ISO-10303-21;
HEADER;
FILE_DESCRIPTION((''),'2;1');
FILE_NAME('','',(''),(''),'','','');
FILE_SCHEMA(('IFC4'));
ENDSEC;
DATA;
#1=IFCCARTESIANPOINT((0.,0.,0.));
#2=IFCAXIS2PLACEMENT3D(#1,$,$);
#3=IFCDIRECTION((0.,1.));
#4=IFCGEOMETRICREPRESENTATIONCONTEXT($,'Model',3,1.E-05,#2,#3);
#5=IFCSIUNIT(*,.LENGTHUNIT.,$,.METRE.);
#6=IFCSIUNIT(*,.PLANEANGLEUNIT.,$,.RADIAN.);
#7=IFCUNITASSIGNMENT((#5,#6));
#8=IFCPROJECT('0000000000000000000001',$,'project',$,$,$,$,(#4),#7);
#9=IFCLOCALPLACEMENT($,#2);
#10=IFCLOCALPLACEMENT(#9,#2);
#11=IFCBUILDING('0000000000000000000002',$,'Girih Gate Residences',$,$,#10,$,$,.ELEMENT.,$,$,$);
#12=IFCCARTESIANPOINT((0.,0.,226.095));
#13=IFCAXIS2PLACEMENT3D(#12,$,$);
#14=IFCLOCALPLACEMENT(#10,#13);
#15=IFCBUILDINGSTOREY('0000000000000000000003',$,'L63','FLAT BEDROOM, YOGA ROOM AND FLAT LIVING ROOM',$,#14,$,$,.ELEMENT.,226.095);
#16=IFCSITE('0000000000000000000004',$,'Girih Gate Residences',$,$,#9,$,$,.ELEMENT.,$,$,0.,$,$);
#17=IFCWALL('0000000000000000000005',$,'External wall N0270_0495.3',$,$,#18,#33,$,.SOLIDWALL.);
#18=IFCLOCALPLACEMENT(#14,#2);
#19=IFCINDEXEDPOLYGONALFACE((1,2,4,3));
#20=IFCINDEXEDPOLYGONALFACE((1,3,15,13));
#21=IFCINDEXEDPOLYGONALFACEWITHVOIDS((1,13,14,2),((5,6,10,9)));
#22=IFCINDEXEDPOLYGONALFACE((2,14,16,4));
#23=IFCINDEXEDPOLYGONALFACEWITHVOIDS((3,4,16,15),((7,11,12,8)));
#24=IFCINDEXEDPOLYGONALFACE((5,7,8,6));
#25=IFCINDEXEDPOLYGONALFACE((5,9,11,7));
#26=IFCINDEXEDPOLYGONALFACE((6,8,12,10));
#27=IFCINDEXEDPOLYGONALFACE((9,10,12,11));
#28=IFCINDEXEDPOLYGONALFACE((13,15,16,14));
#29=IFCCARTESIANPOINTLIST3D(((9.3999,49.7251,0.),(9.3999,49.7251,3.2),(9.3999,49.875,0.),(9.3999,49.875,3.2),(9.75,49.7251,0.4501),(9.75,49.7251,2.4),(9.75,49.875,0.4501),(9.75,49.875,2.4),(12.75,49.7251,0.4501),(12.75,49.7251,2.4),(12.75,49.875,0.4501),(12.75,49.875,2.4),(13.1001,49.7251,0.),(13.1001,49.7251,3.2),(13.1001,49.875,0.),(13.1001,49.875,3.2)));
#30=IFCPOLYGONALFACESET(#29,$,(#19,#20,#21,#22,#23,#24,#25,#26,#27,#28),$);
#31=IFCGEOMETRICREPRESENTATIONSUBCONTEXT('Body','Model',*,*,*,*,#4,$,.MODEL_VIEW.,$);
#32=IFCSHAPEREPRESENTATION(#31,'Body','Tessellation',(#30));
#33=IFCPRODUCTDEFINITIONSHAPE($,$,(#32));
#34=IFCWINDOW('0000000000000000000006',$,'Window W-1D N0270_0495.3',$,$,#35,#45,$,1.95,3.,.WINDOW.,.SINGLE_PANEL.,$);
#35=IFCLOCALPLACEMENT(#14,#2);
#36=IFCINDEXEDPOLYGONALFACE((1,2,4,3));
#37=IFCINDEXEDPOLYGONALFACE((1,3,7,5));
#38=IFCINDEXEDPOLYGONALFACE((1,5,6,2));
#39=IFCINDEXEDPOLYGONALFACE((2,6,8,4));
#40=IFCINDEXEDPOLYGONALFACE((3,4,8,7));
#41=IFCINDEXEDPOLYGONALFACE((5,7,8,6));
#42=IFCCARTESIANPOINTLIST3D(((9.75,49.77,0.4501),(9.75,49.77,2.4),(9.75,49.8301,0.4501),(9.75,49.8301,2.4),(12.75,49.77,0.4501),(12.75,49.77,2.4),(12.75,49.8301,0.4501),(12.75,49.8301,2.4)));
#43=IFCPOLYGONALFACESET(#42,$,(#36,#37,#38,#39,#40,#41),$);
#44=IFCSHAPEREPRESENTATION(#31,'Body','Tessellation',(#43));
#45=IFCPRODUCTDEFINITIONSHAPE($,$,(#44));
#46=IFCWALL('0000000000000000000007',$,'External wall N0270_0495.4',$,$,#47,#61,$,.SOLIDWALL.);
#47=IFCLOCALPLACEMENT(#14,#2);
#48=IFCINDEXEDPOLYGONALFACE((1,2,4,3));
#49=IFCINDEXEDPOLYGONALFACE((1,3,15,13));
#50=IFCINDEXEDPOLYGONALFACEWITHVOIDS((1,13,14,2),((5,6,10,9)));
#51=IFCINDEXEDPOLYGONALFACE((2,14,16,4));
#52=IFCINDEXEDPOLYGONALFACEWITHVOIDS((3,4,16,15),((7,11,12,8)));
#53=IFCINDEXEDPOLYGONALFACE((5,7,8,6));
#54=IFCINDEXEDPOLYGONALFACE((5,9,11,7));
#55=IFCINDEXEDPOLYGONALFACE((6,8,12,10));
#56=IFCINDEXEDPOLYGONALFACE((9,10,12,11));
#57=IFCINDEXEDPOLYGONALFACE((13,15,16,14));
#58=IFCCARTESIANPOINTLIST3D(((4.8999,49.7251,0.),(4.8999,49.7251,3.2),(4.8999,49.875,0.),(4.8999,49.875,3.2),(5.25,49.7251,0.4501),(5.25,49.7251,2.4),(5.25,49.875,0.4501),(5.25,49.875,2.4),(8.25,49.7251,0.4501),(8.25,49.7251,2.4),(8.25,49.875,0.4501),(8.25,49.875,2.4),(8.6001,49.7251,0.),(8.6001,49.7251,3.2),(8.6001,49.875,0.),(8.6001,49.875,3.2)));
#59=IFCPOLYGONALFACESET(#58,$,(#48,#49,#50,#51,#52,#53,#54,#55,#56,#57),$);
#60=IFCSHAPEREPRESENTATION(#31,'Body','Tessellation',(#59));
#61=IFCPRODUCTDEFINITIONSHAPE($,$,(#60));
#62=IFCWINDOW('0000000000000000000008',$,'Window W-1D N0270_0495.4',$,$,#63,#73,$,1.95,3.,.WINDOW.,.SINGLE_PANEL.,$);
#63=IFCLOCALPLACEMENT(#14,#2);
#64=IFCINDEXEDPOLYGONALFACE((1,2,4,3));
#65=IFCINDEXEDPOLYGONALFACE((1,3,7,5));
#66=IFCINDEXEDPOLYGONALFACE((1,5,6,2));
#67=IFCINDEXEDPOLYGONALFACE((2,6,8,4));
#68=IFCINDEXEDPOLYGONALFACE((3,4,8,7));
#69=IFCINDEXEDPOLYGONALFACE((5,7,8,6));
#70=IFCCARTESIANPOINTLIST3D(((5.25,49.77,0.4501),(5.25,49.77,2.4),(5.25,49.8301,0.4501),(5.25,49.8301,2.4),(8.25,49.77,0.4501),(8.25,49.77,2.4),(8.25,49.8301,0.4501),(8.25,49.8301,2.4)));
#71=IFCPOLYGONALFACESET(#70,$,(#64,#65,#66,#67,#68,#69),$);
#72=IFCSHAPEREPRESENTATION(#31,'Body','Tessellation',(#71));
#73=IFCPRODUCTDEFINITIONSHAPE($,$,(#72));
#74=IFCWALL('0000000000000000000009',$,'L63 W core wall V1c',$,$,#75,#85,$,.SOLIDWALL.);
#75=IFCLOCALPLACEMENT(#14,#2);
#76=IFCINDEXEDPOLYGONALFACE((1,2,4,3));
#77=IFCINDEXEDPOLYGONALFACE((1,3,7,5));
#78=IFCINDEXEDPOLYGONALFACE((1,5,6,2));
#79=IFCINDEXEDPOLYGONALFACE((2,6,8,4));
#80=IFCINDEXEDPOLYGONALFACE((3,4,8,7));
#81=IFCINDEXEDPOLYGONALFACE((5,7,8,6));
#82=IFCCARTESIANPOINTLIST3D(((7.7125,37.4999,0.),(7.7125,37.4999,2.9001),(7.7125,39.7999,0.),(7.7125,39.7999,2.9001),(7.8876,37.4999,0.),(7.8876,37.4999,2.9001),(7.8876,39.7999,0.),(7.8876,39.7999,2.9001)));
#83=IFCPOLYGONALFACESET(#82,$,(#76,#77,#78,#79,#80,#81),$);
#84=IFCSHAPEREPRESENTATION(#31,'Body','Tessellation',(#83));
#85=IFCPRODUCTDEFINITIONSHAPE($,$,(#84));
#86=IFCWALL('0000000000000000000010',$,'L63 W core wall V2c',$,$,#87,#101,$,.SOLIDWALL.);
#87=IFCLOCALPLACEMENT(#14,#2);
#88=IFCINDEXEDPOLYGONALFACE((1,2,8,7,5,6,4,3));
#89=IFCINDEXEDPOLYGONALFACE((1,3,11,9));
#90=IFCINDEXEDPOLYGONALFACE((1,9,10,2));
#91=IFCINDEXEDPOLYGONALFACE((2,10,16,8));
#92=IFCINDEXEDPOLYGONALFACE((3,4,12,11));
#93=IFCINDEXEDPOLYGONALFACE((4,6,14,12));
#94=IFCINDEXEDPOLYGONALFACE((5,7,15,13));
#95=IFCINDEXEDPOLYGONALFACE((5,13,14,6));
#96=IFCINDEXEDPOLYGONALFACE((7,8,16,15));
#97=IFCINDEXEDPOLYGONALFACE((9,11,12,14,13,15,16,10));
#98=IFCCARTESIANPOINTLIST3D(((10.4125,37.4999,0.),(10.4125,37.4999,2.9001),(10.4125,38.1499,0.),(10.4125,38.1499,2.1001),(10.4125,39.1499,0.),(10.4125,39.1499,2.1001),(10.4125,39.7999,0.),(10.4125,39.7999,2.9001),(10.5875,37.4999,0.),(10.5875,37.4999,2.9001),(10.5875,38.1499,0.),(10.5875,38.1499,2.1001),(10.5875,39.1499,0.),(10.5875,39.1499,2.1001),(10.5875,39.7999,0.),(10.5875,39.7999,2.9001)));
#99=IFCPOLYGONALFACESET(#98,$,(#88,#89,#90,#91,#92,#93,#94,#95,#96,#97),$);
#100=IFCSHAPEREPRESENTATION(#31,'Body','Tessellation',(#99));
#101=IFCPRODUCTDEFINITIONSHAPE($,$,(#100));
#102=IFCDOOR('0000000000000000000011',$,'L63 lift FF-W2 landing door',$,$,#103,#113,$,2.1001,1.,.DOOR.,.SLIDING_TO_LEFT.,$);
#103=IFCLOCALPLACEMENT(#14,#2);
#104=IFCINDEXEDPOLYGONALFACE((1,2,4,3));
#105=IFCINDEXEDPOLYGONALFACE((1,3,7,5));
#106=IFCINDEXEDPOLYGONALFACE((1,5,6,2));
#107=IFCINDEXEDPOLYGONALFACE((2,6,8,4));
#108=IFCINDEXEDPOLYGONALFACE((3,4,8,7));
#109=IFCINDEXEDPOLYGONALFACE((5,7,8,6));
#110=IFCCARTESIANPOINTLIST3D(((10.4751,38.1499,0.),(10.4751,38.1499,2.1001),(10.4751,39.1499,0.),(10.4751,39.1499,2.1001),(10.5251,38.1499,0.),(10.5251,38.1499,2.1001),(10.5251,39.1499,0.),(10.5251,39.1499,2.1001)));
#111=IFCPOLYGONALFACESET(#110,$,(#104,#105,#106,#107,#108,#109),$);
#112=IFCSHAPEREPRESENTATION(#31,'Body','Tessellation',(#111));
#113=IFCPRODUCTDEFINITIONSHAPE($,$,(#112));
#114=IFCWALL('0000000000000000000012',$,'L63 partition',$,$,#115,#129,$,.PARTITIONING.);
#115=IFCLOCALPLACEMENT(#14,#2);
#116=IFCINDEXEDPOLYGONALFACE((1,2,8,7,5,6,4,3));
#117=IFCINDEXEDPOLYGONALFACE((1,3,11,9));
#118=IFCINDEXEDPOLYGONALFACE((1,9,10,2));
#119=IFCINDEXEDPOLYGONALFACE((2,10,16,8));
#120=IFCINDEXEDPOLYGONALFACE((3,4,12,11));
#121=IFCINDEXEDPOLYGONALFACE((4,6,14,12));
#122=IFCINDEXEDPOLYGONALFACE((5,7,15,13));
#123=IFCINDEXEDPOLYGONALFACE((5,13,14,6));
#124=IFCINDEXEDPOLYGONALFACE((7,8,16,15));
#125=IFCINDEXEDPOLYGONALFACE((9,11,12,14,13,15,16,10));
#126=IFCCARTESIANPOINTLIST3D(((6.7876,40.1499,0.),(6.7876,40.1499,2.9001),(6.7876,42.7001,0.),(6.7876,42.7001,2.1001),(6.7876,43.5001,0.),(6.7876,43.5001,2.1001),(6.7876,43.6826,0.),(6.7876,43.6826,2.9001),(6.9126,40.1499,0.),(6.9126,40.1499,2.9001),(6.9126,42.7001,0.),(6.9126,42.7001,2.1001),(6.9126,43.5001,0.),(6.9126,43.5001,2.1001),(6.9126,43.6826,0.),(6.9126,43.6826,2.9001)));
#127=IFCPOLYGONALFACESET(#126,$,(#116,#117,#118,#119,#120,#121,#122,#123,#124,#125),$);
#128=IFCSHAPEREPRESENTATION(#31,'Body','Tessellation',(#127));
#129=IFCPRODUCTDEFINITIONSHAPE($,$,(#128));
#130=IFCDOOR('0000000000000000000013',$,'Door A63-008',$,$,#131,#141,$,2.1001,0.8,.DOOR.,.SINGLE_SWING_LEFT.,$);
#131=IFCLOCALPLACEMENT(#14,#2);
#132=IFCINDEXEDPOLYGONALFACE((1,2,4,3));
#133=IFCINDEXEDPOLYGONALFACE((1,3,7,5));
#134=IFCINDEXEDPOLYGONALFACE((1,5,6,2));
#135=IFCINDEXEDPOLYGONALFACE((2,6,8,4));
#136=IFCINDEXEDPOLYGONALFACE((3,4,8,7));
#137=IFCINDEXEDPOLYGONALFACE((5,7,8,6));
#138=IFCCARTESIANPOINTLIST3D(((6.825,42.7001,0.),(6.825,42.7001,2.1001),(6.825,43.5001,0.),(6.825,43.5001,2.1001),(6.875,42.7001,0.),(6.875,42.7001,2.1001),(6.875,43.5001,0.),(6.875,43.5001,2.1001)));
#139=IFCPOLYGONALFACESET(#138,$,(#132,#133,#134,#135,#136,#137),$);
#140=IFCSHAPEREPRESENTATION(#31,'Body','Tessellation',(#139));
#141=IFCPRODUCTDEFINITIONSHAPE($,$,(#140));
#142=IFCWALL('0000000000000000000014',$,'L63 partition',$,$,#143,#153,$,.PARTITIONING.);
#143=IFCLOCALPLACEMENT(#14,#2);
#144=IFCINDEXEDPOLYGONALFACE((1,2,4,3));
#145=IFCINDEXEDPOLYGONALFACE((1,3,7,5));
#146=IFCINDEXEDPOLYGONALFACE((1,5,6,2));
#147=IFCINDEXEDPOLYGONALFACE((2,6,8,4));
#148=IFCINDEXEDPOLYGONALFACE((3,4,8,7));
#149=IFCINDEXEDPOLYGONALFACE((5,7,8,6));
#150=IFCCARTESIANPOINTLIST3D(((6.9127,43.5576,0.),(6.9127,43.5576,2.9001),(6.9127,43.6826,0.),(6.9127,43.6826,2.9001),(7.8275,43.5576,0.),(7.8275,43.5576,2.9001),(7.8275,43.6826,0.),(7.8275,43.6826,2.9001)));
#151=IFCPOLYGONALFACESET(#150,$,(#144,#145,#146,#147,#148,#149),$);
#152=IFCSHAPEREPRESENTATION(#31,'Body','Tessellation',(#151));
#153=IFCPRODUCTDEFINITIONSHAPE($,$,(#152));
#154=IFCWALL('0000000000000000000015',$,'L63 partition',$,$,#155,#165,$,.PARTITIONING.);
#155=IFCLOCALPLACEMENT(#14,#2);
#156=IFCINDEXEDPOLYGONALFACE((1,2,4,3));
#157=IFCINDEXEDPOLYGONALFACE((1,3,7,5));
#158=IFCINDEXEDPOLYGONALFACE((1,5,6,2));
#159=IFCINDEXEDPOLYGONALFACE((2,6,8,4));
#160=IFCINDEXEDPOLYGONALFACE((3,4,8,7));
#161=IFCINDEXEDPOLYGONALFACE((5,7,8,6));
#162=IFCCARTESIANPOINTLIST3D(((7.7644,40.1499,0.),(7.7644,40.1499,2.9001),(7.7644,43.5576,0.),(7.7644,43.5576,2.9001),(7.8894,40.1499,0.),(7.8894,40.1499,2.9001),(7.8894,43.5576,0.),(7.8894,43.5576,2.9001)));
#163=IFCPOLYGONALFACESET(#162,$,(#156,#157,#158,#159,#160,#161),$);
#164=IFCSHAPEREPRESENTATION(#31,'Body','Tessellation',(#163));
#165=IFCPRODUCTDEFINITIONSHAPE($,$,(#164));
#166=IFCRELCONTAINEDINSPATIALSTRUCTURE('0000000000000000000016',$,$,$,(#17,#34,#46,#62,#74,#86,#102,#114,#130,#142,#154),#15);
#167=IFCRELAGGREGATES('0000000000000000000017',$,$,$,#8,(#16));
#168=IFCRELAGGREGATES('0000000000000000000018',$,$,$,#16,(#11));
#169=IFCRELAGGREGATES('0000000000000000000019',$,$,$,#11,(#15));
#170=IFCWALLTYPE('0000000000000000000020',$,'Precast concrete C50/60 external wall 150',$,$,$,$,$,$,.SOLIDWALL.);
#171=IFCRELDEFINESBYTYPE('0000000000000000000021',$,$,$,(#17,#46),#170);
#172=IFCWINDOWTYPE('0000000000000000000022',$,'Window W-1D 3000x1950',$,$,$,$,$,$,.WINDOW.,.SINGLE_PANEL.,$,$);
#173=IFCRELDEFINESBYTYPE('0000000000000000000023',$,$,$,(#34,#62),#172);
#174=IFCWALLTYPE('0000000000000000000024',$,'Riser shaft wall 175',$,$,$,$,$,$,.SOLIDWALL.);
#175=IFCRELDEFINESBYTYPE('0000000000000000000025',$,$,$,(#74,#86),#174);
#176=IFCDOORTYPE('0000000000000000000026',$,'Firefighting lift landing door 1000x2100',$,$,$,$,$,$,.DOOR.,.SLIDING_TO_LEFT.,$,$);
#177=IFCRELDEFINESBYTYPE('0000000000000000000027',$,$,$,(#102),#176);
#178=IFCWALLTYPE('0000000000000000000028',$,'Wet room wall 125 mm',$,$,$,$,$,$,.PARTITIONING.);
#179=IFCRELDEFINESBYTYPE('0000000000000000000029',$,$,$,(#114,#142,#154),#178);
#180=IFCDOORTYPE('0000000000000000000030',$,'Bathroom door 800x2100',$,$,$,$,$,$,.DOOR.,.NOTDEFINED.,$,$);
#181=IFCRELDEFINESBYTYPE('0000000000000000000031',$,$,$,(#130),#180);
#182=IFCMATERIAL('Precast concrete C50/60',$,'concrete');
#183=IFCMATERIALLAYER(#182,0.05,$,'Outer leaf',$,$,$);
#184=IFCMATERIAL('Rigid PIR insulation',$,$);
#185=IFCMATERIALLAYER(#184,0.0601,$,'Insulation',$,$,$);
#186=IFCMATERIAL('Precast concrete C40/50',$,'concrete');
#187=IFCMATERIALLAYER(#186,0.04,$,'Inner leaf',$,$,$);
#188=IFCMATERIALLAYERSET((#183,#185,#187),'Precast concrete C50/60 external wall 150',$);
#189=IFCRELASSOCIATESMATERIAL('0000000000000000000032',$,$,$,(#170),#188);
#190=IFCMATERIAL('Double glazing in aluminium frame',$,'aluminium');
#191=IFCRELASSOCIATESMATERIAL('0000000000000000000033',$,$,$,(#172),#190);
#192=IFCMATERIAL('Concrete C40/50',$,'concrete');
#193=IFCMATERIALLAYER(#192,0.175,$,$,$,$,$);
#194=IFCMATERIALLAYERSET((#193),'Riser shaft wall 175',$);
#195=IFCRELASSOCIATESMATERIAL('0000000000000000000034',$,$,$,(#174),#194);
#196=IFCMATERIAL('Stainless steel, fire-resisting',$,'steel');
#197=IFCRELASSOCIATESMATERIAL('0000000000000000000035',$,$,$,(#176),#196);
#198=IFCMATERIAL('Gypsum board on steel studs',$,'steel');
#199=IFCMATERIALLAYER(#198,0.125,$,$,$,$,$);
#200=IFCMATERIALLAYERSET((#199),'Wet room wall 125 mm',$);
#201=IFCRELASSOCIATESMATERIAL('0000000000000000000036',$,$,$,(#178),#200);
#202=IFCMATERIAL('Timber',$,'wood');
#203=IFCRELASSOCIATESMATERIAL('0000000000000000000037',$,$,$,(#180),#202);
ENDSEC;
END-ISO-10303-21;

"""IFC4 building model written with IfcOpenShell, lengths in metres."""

from ifc_helpers import new_model, si_unit, direction, frame, frame_2d, origin, place, context, subcontext, project, spatial, rectangle, extrude, material, layer, layer_set, type_object, element, fill, save


model = new_model("IFC4")

# Units and contexts
model_context = context("Model", 3, precision=1e-05, world=origin(), true_north=direction((0.0, 1.0)))
body_context = subcontext(model_context, "Body", "Model", "MODEL_VIEW")
ifc_project = project(units=[si_unit("LENGTHUNIT", "METRE"), si_unit("PLANEANGLEUNIT", "RADIAN")], contexts=[model_context])

# Site, building, storey
site_placement = place(None, origin())
site = spatial("IfcSite", under=ifc_project, at=site_placement, Name="Girih Gate Residences", CompositionType="ELEMENT", RefElevation=0.0)
building_placement = place(site_placement, origin())
building = spatial("IfcBuilding", under=site, at=building_placement, Name="Girih Gate Residences", CompositionType="ELEMENT")
storey_placement = place(building_placement, frame((0.0, 0.0, 226.095)))
storey = spatial("IfcBuildingStorey", under=building, at=storey_placement, Name="L63", Description="FLAT BEDROOM, YOGA ROOM AND FLAT LIVING ROOM", CompositionType="ELEMENT", Elevation=226.095)

# Shared definitions
ifc_material_1 = material(Name="Gypsum board on steel studs", Category="steel")

# Shared definitions
ifc_material_2 = material(Name="Timber", Category="wood")

# Walls, openings, windows
ifc_material_3 = material(Name="Precast concrete C50/60", Category="concrete")
ifc_layer_1 = layer(ifc_material_3, 0.05, Name="Outer leaf")
ifc_material_4 = material(Name="Rigid PIR insulation")
ifc_layer_2 = layer(ifc_material_4, 0.0601, Name="Insulation")
ifc_material_5 = material(Name="Precast concrete C40/50", Category="concrete")
ifc_layer_3 = layer(ifc_material_5, 0.04, Name="Inner leaf")
ifc_layer_set_1 = layer_set([ifc_layer_1, ifc_layer_2, ifc_layer_3], Name="Precast concrete C50/60 external wall 150")
wall_type_1 = type_object("IfcWallType", Name="Precast concrete C50/60 external wall 150", PredefinedType="SOLIDWALL", material=ifc_layer_set_1)
wall_1_placement = place(storey_placement, frame((9.3999, 49.8, 0.0), z_axis=(0.0, 0.0, 1.0), x_axis=(1.0, 0.0, 0.0)))
wall_1 = element("IfcWall", 1, at=wall_1_placement, inside=storey, type_object=wall_type_1, Name="External wall N0270_0495.3", PredefinedType="SOLIDWALL", context=body_context, shape_type="SweptSolid", body=[
    extrude(rectangle(XDim=3.7002, YDim=0.1499, at=frame_2d((1.8501, 0.0))), origin(), (0.0, 0.0, 1.0), 3.2),
])
opening_1_placement = place(wall_1_placement, frame((0.3501, 0.0, 0.45)))
opening_1 = element("IfcOpeningElement", 2, at=opening_1_placement, cuts=wall_1, PredefinedType="OPENING", context=body_context, shape_type="SweptSolid", body=[
    extrude(rectangle(XDim=3.0, YDim=1.95, at=frame_2d((1.5, 0.9751))), frame((0.0, 0.085, 0.0), z_axis=(0.0, -1.0, 0.0), x_axis=(1.0, 0.0, 0.0)), (0.0, 0.0, 1.0), 0.1699),
])
ifc_material_6 = material(Name="Double glazing in aluminium frame", Category="aluminium")
window_type = type_object("IfcWindowType", Name="Window W-1D 3000x1950", PartitioningType="SINGLE_PANEL", PredefinedType="WINDOW", material=ifc_material_6)
window_1_placement = place(opening_1_placement, origin())
window_1 = element("IfcWindow", 3, at=window_1_placement, inside=storey, type_object=window_type, Name="Window W-1D N0270_0495.3", OverallHeight=1.95, OverallWidth=3.0, PartitioningType="SINGLE_PANEL", PredefinedType="WINDOW", context=body_context, shape_type="SweptSolid", body=[
    extrude(rectangle(XDim=3.0, YDim=1.95, at=frame_2d((1.5, 0.9751))), frame((0.0, 0.03, 0.0), z_axis=(0.0, -1.0, 0.0), x_axis=(1.0, 0.0, 0.0)), (0.0, 0.0, 1.0), 0.0601),
])
fill(opening_1, window_1)
wall_2_placement = place(storey_placement, frame((4.8999, 49.8, 0.0), z_axis=(0.0, 0.0, 1.0), x_axis=(1.0, 0.0, 0.0)))
wall_2 = element("IfcWall", 4, at=wall_2_placement, inside=storey, type_object=wall_type_1, Name="External wall N0270_0495.4", PredefinedType="SOLIDWALL", context=body_context, shape_type="SweptSolid", body=[
    extrude(rectangle(XDim=3.7002, YDim=0.1499, at=frame_2d((1.8501, 0.0))), origin(), (0.0, 0.0, 1.0), 3.2),
])
opening_2_placement = place(wall_2_placement, frame((0.3501, 0.0, 0.45)))
opening_2 = element("IfcOpeningElement", 5, at=opening_2_placement, cuts=wall_2, PredefinedType="OPENING", context=body_context, shape_type="SweptSolid", body=[
    extrude(rectangle(XDim=3.0, YDim=1.95, at=frame_2d((1.5, 0.9751))), frame((0.0, 0.085, 0.0), z_axis=(0.0, -1.0, 0.0), x_axis=(1.0, 0.0, 0.0)), (0.0, 0.0, 1.0), 0.1699),
])
window_2_placement = place(opening_2_placement, origin())
window_2 = element("IfcWindow", 6, at=window_2_placement, inside=storey, type_object=window_type, Name="Window W-1D N0270_0495.4", OverallHeight=1.95, OverallWidth=3.0, PartitioningType="SINGLE_PANEL", PredefinedType="WINDOW", context=body_context, shape_type="SweptSolid", body=[
    extrude(rectangle(XDim=3.0, YDim=1.95, at=frame_2d((1.5, 0.9751))), frame((0.0, 0.03, 0.0), z_axis=(0.0, -1.0, 0.0), x_axis=(1.0, 0.0, 0.0)), (0.0, 0.0, 1.0), 0.0601),
])
fill(opening_2, window_2)

# Wall
ifc_material_7 = material(Name="Concrete C40/50", Category="concrete")
ifc_layer_4 = layer(ifc_material_7, 0.175)
ifc_layer_set_2 = layer_set([ifc_layer_4], Name="Riser shaft wall 175")
wall_type_2 = type_object("IfcWallType", Name="Riser shaft wall 175", PredefinedType="SOLIDWALL", material=ifc_layer_set_2)
wall_3_placement = place(storey_placement, frame((7.8, 37.5, 0.0), z_axis=(0.0, 0.0, 1.0), x_axis=(0.0, 1.0, 0.0)))
element("IfcWall", 7, at=wall_3_placement, inside=storey, type_object=wall_type_2, Name="L63 W core wall V1c", PredefinedType="SOLIDWALL", context=body_context, shape_type="SweptSolid", body=[
    extrude(rectangle(XDim=2.3, YDim=0.175, at=frame_2d((1.1499, 0.0))), origin(), (0.0, 0.0, 1.0), 2.9001),
])

# Walls, openings, doors
wall_4_placement = place(storey_placement, frame((10.5, 37.5, 0.0), z_axis=(0.0, 0.0, 1.0), x_axis=(0.0, 1.0, 0.0)))
wall_4 = element("IfcWall", 8, at=wall_4_placement, inside=storey, type_object=wall_type_2, Name="L63 W core wall V2c", PredefinedType="SOLIDWALL", context=body_context, shape_type="SweptSolid", body=[
    extrude(rectangle(XDim=2.3, YDim=0.175, at=frame_2d((1.1499, 0.0))), origin(), (0.0, 0.0, 1.0), 2.9001),
])
opening_3_placement = place(wall_4_placement, frame((0.6499, 0.0, 0.0)))
opening_3 = element("IfcOpeningElement", 9, at=opening_3_placement, cuts=wall_4, PredefinedType="OPENING", context=body_context, shape_type="SweptSolid", body=[
    extrude(rectangle(XDim=1.0, YDim=2.1001, at=frame_2d((0.5, 1.05))), frame((0.0, 0.0974, 0.0), z_axis=(0.0, -1.0, 0.0), x_axis=(1.0, 0.0, 0.0)), (0.0, 0.0, 1.0), 0.1951),
])
ifc_material_8 = material(Name="Stainless steel, fire-resisting", Category="steel")
door_type_1 = type_object("IfcDoorType", Name="Firefighting lift landing door 1000x2100", OperationType="SLIDING_TO_LEFT", PredefinedType="DOOR", material=ifc_material_8)
door_1_placement = place(opening_3_placement, origin())
door_1 = element("IfcDoor", 10, at=door_1_placement, inside=storey, type_object=door_type_1, Name="L63 lift FF-W2 landing door", OperationType="SLIDING_TO_LEFT", OverallHeight=2.1001, OverallWidth=1.0, PredefinedType="DOOR", context=body_context, shape_type="SweptSolid", body=[
    extrude(rectangle(XDim=1.0, YDim=2.1001, at=frame_2d((0.5, 1.05))), frame((0.0, 0.0249, 0.0), z_axis=(0.0, -1.0, 0.0), x_axis=(1.0, 0.0, 0.0)), (0.0, 0.0, 1.0), 0.05),
])
fill(opening_3, door_1)
ifc_layer_5 = layer(ifc_material_1, 0.125)
ifc_layer_set_3 = layer_set([ifc_layer_5], Name="Wet room wall 125 mm")
wall_type_3 = type_object("IfcWallType", Name="Wet room wall 125 mm", PredefinedType="PARTITIONING", material=ifc_layer_set_3)
wall_5_placement = place(storey_placement, frame((6.8501, 43.6826, 0.0), z_axis=(0.0, 0.0, 1.0), x_axis=(0.0, -1.0, 0.0)))
wall_5 = element("IfcWall", 11, at=wall_5_placement, inside=storey, type_object=wall_type_3, Name="L63 partition", PredefinedType="PARTITIONING", context=body_context, shape_type="SweptSolid", body=[
    extrude(rectangle(XDim=3.5327, YDim=0.125, at=frame_2d((1.7664, 0.0))), origin(), (0.0, 0.0, 1.0), 2.9001),
])
opening_4_placement = place(wall_5_placement, frame((0.1826, 0.0, 0.0)))
opening_4 = element("IfcOpeningElement", 12, at=opening_4_placement, cuts=wall_5, PredefinedType="OPENING", context=body_context, shape_type="SweptSolid", body=[
    extrude(rectangle(XDim=0.8, YDim=2.1001, at=frame_2d((0.3999, 1.05))), frame((0.0, 0.0725, 0.0), z_axis=(0.0, -1.0, 0.0), x_axis=(1.0, 0.0, 0.0)), (0.0, 0.0, 1.0), 0.145),
])
door_type_2 = type_object("IfcDoorType", Name="Bathroom door 800x2100", OperationType="NOTDEFINED", PredefinedType="DOOR", material=ifc_material_2)
door_2_placement = place(opening_4_placement, origin())
door_2 = element("IfcDoor", 13, at=door_2_placement, inside=storey, type_object=door_type_2, Name="Door A63-008", OperationType="SINGLE_SWING_LEFT", OverallHeight=2.1001, OverallWidth=0.8, PredefinedType="DOOR", context=body_context, shape_type="SweptSolid", body=[
    extrude(rectangle(XDim=0.8, YDim=2.1001, at=frame_2d((0.3999, 1.05))), frame((0.0, 0.0249, 0.0), z_axis=(0.0, -1.0, 0.0), x_axis=(1.0, 0.0, 0.0)), (0.0, 0.0, 1.0), 0.05),
])
fill(opening_4, door_2)

# Walls
wall_6_placement = place(storey_placement, frame((6.9126, 43.6201, 0.0), z_axis=(0.0, 0.0, 1.0), x_axis=(1.0, 0.0, 0.0)))
element("IfcWall", 14, at=wall_6_placement, inside=storey, type_object=wall_type_3, Name="L63 partition", PredefinedType="PARTITIONING", context=body_context, shape_type="SweptSolid", body=[
    extrude(rectangle(XDim=0.9148, YDim=0.125, at=frame_2d((0.4575, 0.0))), origin(), (0.0, 0.0, 1.0), 2.9001),
])
wall_7_placement = place(storey_placement, frame((7.8269, 40.1499, 0.0), z_axis=(0.0, 0.0, 1.0), x_axis=(0.0, 1.0, 0.0)))
element("IfcWall", 15, at=wall_7_placement, inside=storey, type_object=wall_type_3, Name="L63 partition", PredefinedType="PARTITIONING", context=body_context, shape_type="SweptSolid", body=[
    extrude(rectangle(XDim=3.4077, YDim=0.125, at=frame_2d((1.7039, 0.0))), origin(), (0.0, 0.0, 1.0), 2.9001),
])

save(model, "model.ifc")
